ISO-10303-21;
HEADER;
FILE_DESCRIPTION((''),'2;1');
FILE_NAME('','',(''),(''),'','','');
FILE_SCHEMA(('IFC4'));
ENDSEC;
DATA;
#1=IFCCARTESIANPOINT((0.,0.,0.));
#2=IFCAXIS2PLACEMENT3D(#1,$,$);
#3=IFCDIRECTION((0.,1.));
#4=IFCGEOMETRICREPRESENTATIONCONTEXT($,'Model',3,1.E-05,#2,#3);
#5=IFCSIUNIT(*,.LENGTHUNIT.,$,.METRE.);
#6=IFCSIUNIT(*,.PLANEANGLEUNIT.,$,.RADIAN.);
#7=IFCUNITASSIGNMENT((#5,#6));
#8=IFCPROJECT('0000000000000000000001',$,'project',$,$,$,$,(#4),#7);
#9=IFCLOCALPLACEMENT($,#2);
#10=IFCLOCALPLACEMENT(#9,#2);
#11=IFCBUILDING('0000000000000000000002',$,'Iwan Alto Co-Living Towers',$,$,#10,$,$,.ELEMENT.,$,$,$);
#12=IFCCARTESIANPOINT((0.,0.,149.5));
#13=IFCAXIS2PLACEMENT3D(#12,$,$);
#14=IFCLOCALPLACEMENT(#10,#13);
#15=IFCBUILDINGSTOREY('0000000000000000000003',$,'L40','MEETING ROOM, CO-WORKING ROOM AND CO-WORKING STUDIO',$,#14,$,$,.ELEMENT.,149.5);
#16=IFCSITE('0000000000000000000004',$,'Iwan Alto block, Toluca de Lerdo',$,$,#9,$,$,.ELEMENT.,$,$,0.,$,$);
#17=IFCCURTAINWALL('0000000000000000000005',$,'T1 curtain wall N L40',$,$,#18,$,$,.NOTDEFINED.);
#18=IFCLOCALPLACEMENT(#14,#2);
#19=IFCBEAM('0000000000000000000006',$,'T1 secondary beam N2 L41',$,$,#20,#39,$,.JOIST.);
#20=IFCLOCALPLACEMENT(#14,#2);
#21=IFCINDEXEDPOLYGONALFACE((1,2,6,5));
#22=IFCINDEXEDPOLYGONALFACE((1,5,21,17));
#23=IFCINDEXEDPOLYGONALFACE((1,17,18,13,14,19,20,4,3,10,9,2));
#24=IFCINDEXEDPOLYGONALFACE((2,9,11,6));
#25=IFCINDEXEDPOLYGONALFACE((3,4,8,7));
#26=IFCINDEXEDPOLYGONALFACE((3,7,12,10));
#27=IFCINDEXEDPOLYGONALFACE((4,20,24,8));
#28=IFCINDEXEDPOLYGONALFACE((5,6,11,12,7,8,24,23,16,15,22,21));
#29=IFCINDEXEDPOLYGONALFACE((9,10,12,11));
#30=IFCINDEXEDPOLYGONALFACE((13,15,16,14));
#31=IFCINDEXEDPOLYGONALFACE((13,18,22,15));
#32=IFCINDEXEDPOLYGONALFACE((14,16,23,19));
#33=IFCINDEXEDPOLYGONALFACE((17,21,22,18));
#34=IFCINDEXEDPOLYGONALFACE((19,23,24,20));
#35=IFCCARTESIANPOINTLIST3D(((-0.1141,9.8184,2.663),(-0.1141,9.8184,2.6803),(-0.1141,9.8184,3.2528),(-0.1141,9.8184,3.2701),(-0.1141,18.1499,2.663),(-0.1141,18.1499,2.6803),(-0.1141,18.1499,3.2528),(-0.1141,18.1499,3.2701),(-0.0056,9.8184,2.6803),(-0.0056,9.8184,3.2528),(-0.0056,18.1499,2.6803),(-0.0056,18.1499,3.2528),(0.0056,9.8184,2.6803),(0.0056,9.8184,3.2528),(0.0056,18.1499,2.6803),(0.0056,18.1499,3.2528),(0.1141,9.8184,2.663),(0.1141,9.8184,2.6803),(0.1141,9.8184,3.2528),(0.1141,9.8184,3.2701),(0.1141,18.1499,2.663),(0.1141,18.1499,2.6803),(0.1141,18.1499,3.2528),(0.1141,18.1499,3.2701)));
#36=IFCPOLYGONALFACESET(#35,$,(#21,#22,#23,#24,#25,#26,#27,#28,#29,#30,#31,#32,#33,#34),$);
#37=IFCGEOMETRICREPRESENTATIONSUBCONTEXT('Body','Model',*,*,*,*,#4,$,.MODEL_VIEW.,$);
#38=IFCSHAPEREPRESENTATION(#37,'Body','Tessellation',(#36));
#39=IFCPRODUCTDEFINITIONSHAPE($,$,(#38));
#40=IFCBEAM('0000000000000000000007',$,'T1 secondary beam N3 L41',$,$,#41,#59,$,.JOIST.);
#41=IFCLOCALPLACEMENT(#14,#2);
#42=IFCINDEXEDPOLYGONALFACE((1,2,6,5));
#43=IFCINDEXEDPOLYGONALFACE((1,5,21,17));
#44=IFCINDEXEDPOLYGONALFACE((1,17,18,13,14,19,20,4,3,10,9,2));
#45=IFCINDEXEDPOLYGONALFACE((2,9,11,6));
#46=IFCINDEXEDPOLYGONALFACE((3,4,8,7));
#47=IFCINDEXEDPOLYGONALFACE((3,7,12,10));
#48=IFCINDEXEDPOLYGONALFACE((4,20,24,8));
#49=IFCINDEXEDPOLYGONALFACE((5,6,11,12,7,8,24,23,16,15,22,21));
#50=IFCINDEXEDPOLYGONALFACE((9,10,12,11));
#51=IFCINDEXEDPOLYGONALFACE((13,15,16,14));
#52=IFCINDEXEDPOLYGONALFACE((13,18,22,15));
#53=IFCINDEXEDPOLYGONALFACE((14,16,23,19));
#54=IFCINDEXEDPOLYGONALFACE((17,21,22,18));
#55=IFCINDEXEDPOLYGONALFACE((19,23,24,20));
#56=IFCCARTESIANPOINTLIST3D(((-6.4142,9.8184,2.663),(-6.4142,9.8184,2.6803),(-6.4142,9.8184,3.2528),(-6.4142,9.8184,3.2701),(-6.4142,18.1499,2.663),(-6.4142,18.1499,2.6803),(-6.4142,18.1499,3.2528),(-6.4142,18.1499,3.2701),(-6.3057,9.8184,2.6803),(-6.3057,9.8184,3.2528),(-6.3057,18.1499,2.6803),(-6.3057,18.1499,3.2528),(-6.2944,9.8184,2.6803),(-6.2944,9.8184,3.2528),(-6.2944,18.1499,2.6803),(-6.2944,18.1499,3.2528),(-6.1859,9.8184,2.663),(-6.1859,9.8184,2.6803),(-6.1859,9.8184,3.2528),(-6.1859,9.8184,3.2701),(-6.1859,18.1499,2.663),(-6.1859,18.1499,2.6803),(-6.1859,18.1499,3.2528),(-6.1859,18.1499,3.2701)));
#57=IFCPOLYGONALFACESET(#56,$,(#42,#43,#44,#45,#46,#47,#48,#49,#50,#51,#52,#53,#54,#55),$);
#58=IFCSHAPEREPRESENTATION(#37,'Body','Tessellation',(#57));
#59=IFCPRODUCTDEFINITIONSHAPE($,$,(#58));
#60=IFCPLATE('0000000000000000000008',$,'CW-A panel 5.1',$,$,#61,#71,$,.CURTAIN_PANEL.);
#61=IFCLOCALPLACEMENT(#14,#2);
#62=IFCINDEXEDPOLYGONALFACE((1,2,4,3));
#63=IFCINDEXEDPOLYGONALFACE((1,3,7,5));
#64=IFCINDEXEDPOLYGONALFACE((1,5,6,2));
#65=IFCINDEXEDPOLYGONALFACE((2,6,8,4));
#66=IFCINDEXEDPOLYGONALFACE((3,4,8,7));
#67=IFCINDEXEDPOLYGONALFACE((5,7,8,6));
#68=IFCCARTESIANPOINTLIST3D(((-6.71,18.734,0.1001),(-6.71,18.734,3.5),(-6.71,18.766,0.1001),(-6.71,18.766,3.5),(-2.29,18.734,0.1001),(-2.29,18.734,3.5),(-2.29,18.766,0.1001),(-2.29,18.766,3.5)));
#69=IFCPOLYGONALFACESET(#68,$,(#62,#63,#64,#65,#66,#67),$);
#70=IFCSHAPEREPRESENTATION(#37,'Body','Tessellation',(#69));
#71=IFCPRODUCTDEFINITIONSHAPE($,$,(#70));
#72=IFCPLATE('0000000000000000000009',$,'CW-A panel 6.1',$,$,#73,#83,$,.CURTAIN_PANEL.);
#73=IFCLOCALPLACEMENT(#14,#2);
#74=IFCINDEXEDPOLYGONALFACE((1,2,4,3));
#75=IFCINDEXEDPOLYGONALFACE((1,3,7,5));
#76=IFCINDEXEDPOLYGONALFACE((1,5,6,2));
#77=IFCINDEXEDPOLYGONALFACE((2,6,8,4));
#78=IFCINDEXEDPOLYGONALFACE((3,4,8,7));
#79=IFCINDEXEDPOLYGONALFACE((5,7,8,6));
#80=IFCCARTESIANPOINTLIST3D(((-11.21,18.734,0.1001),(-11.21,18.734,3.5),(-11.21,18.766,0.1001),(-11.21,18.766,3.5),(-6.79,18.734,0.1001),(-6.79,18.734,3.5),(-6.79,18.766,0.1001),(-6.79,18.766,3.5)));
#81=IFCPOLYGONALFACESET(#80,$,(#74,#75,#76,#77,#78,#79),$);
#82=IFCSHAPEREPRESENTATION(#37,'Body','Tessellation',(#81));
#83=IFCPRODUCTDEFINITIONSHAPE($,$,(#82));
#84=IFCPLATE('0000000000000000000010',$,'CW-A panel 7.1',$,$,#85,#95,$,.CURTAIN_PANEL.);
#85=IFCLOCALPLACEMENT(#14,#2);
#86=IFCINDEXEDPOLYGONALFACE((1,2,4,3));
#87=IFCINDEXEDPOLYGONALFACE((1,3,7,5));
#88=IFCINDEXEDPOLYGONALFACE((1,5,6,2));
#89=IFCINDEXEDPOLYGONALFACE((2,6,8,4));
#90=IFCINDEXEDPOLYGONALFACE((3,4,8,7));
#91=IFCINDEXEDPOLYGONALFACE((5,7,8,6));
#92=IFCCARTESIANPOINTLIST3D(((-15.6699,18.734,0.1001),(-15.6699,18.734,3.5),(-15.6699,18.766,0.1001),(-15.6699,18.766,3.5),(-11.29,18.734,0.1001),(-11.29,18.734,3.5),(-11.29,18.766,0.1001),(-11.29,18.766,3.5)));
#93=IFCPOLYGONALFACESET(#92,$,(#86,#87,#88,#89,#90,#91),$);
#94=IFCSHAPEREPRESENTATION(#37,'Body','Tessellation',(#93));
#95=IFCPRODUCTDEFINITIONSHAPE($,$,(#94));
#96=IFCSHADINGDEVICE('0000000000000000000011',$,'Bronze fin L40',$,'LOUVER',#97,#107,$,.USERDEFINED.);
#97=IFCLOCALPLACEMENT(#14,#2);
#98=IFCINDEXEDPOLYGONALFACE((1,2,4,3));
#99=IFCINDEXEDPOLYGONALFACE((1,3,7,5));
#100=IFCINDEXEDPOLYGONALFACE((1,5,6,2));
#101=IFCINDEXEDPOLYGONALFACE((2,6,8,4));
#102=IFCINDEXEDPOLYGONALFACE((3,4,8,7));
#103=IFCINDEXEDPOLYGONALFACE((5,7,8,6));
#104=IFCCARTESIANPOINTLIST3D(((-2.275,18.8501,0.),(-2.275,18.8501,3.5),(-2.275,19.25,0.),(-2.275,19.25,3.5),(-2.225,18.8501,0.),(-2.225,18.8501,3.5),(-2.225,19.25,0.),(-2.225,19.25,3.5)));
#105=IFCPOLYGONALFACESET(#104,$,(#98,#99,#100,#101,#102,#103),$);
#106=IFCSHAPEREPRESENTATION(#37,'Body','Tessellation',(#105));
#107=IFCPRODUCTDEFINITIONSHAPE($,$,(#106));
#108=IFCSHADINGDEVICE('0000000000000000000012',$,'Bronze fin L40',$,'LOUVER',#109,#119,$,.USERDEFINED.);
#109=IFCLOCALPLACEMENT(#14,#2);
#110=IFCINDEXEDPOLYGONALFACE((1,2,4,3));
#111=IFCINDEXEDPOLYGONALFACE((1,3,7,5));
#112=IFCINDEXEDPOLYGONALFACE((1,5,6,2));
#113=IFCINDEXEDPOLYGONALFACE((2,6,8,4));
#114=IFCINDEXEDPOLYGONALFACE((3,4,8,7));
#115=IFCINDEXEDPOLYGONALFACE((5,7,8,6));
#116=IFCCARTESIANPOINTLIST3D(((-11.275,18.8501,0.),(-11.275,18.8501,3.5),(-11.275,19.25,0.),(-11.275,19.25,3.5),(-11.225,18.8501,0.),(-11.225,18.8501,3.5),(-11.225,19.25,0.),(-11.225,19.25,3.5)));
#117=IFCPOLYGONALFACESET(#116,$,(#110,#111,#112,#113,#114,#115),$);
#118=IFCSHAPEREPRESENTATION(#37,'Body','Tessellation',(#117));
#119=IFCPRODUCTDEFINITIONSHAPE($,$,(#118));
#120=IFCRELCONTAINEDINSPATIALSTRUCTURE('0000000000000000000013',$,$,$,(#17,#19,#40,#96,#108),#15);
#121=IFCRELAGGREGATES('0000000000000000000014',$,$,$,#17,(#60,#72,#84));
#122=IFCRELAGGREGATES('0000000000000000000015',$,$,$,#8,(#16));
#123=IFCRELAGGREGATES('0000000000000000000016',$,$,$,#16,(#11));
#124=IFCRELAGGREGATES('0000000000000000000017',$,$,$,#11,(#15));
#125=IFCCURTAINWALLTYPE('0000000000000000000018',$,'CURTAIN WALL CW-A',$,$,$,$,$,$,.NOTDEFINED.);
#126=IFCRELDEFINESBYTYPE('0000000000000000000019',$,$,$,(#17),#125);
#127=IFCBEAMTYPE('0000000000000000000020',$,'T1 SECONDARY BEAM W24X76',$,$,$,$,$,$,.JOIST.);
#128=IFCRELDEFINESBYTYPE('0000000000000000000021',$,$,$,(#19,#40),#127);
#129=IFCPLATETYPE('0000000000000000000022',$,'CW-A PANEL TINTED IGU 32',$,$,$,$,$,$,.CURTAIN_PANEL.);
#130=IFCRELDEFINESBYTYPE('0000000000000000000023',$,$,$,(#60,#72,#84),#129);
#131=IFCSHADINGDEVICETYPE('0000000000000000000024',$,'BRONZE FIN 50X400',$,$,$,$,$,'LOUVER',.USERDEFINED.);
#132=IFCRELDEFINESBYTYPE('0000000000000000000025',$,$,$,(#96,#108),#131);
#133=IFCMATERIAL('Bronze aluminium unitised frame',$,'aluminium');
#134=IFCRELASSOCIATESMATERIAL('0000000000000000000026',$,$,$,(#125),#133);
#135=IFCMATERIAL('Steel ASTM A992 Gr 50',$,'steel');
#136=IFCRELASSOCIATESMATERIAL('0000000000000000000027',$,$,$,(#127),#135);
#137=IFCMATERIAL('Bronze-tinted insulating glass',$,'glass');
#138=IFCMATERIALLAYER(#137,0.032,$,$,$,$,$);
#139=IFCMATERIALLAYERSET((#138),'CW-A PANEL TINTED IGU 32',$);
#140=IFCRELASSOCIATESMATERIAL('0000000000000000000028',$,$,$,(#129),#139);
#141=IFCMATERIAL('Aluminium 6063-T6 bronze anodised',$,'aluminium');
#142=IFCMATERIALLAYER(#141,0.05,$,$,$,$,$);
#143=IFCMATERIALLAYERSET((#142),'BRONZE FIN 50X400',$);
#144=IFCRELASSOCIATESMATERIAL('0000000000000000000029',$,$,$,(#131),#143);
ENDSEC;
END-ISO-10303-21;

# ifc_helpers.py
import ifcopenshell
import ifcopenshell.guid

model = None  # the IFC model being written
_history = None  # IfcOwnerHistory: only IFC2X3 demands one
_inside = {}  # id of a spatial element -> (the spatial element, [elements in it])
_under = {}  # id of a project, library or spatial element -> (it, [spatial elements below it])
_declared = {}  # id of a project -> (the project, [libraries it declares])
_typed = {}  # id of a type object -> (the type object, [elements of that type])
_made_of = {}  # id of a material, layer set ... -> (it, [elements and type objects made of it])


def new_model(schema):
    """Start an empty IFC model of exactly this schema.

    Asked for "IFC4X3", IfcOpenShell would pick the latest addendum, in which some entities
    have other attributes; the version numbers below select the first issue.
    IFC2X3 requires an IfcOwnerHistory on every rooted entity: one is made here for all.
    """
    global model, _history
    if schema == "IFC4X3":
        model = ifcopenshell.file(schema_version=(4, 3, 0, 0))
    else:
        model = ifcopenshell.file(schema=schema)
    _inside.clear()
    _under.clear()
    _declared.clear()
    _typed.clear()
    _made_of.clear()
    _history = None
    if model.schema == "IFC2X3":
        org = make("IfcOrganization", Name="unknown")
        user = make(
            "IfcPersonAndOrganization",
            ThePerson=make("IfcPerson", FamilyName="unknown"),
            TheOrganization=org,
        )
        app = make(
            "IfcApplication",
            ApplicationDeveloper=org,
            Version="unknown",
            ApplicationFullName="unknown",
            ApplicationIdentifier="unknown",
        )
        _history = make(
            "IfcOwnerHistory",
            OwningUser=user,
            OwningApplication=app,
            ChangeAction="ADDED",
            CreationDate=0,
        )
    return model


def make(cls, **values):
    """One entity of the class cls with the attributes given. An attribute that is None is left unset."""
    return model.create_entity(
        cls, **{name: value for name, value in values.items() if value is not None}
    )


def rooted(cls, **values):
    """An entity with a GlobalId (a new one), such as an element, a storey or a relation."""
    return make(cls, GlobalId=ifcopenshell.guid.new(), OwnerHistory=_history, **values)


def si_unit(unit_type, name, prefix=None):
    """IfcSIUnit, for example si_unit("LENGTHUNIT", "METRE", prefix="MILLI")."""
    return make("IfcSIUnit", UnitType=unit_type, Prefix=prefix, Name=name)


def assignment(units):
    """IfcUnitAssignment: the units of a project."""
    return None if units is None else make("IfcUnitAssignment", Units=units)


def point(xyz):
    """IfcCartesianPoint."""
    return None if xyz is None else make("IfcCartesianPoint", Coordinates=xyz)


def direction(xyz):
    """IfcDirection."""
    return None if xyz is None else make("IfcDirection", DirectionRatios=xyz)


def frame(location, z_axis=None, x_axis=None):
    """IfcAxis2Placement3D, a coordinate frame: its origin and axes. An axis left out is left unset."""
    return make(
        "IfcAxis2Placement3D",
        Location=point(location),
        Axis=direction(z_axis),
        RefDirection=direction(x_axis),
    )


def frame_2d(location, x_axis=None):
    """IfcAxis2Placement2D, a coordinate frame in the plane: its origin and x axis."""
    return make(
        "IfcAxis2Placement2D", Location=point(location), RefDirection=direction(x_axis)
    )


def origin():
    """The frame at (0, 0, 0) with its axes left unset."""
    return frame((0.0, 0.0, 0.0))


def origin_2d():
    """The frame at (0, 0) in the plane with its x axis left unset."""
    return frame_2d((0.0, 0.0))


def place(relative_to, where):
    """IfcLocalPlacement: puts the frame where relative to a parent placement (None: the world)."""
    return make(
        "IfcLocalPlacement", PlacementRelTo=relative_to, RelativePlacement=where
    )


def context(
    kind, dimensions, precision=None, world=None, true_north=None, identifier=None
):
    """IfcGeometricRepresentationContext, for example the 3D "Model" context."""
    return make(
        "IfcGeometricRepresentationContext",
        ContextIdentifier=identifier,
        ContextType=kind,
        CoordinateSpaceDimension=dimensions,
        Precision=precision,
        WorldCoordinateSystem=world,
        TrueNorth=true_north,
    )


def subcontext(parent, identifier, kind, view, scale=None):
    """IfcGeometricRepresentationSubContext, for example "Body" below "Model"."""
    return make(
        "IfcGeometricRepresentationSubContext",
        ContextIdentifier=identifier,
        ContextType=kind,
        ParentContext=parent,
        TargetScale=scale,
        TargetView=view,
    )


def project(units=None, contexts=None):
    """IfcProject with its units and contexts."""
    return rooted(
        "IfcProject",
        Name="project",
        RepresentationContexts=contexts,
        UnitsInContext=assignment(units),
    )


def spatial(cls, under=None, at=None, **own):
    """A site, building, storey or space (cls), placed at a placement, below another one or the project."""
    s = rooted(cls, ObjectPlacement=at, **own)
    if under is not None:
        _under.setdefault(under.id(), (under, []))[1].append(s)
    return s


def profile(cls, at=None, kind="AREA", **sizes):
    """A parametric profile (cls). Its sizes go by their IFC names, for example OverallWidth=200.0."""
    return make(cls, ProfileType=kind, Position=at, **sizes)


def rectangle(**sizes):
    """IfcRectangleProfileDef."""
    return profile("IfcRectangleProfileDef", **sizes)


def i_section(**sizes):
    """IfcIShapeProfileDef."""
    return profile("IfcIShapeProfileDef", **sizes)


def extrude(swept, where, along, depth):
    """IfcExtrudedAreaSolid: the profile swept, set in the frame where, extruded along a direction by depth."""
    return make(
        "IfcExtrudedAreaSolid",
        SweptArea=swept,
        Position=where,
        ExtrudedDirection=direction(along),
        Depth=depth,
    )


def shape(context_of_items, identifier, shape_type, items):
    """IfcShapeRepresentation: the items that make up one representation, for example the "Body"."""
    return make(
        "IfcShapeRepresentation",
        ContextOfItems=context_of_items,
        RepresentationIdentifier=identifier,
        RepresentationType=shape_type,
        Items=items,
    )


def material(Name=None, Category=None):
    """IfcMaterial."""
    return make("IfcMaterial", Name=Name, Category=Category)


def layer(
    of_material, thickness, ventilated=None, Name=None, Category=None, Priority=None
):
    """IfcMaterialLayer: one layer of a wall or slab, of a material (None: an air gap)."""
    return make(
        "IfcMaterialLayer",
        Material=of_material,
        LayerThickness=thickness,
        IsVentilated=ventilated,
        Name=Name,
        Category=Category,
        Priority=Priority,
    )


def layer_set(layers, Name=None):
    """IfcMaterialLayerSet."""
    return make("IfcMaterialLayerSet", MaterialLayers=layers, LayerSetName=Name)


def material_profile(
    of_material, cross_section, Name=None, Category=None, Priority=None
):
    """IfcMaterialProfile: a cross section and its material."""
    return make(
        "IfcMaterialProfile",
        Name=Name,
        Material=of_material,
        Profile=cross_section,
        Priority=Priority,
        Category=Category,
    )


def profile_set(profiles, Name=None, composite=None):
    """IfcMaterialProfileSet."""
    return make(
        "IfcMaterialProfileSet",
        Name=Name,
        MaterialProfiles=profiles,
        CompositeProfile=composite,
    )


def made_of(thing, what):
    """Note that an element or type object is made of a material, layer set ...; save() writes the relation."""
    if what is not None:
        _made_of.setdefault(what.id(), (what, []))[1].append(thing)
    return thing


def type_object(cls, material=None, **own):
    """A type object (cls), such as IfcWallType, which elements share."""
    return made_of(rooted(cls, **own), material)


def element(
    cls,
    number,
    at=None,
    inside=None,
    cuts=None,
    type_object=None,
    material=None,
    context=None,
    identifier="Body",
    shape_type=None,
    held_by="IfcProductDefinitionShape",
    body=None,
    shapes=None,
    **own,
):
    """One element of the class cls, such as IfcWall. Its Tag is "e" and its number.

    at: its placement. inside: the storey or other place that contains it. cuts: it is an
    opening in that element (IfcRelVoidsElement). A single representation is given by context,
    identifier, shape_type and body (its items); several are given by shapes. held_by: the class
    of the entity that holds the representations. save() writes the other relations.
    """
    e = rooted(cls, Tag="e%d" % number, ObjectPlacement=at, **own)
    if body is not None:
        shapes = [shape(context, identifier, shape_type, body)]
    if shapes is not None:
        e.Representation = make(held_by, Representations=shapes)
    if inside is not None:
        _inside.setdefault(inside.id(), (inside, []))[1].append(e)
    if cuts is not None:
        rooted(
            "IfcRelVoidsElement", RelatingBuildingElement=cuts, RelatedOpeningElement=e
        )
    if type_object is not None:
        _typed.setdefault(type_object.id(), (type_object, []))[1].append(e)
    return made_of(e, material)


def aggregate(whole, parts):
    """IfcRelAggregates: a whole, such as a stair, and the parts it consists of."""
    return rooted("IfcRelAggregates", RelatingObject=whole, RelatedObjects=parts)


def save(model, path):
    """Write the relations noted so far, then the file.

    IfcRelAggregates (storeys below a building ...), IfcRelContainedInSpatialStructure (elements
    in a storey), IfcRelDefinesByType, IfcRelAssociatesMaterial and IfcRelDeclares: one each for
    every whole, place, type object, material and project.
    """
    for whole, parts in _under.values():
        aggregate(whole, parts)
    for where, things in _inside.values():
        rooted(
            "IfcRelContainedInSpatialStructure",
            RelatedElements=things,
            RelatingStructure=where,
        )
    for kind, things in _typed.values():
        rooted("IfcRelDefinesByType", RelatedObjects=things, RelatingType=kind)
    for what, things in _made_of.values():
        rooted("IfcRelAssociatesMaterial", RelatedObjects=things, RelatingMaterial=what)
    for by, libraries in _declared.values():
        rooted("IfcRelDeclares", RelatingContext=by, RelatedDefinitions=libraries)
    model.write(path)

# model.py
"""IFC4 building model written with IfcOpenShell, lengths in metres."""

from ifc_helpers import new_model, si_unit, direction, frame, origin, origin_2d, place, context, subcontext, project, spatial, rectangle, i_section, extrude, material, layer, layer_set, material_profile, profile_set, type_object, element, aggregate, save


model = new_model("IFC4")

# Units and contexts
model_context = context("Model", 3, precision=1e-05, world=origin(), true_north=direction((0.0, 1.0)))
body_context = subcontext(model_context, "Body", "Model", "MODEL_VIEW")
ifc_project = project(units=[si_unit("LENGTHUNIT", "METRE"), si_unit("PLANEANGLEUNIT", "RADIAN")], contexts=[model_context])

# Site, building, storey
site_placement = place(None, origin())
site = spatial("IfcSite", under=ifc_project, at=site_placement, Name="Iwan Alto block, Toluca de Lerdo", CompositionType="ELEMENT", RefElevation=0.0)
building_placement = place(site_placement, origin())
building = spatial("IfcBuilding", under=site, at=building_placement, Name="Iwan Alto Co-Living Towers", CompositionType="ELEMENT")
storey_placement = place(building_placement, frame((0.0, 0.0, 149.5)))
storey = spatial("IfcBuildingStorey", under=building, at=storey_placement, Name="L40", Description="MEETING ROOM, CO-WORKING ROOM AND CO-WORKING STUDIO", CompositionType="ELEMENT", Elevation=149.5)

# Curtain wall
ifc_material_1 = material(Name="Bronze aluminium unitised frame", Category="aluminium")
curtain_wall_type_1 = type_object("IfcCurtainWallType", Name="CURTAIN WALL CW-A", PredefinedType="NOTDEFINED", material=ifc_material_1)
curtain_wall_1_placement = place(storey_placement, origin())
curtain_wall_1 = element("IfcCurtainWall", 1, at=curtain_wall_1_placement, inside=storey, type_object=curtain_wall_type_1, Name="T1 curtain wall N L40", PredefinedType="NOTDEFINED")

# Beams
ifc_material_2 = material(Name="Steel ASTM A992 Gr 50", Category="steel")
ifc_material_profile_1 = material_profile(ifc_material_2, i_section(OverallWidth=0.2283, OverallDepth=0.6072, WebThickness=0.0112, FlangeThickness=0.0173, at=origin_2d()), Name="W24X76")
ifc_profile_set_1 = profile_set([ifc_material_profile_1], Name="Steel ASTM A992 Gr 50")
beam_type_1 = type_object("IfcBeamType", Name="T1 SECONDARY BEAM W24X76", PredefinedType="JOIST", material=ifc_profile_set_1)
for number, where, z_axis, x_axis, name in (
    (2, (0.0, 18.1499, 2.9666), (0.0, -1.0, 0.0), (1.0, 0.0, 0.0), "T1 secondary beam N2 L41"),
    (3, (-6.3, 18.1499, 2.9666), (0.0, -1.0, 0.0), (1.0, 0.0, 0.0), "T1 secondary beam N3 L41"),
):
    element("IfcBeam", number, at=place(storey_placement, frame(where, z_axis=z_axis, x_axis=x_axis)), inside=storey, type_object=beam_type_1, Name=name, PredefinedType="JOIST", context=body_context, shape_type="SweptSolid", body=[
        extrude(i_section(OverallWidth=0.2283, OverallDepth=0.6072, WebThickness=0.0112, FlangeThickness=0.0173, at=origin_2d()), origin(), (0.0, 0.0, 1.0), 8.3315),
    ])

# Plates
ifc_material_3 = material(Name="Bronze-tinted insulating glass", Category="glass")
ifc_layer_1 = layer(ifc_material_3, 0.032)
ifc_layer_set_1 = layer_set([ifc_layer_1], Name="CW-A PANEL TINTED IGU 32")
plate_type = type_object("IfcPlateType", Name="CW-A PANEL TINTED IGU 32", PredefinedType="CURTAIN_PANEL", material=ifc_layer_set_1)
plate_1_placement = place(storey_placement, frame((-4.5, 18.75, 0.1001), z_axis=(0.0, 0.0, 1.0), x_axis=(-1.0, 0.0, 0.0)))
plate_1 = element("IfcPlate", 4, at=plate_1_placement, type_object=plate_type, Name="CW-A panel 5.1", PredefinedType="CURTAIN_PANEL", context=body_context, shape_type="SweptSolid", body=[
    extrude(rectangle(XDim=4.4199, YDim=0.032, at=origin_2d()), origin(), (0.0, 0.0, 1.0), 3.3999),
])
plate_2_placement = place(storey_placement, frame((-9.0, 18.75, 0.1001), z_axis=(0.0, 0.0, 1.0), x_axis=(-1.0, 0.0, 0.0)))
plate_2 = element("IfcPlate", 5, at=plate_2_placement, type_object=plate_type, Name="CW-A panel 6.1", PredefinedType="CURTAIN_PANEL", context=body_context, shape_type="SweptSolid", body=[
    extrude(rectangle(XDim=4.4199, YDim=0.032, at=origin_2d()), origin(), (0.0, 0.0, 1.0), 3.3999),
])
plate_3_placement = place(storey_placement, frame((-13.48, 18.75, 0.1001), z_axis=(0.0, 0.0, 1.0), x_axis=(-1.0, 0.0, 0.0)))
plate_3 = element("IfcPlate", 6, at=plate_3_placement, type_object=plate_type, Name="CW-A panel 7.1", PredefinedType="CURTAIN_PANEL", context=body_context, shape_type="SweptSolid", body=[
    extrude(rectangle(XDim=4.3799, YDim=0.032, at=origin_2d()), origin(), (0.0, 0.0, 1.0), 3.3999),
])
aggregate(curtain_wall_1, [plate_1, plate_2, plate_3])

# Shading devices
ifc_material_4 = material(Name="Aluminium 6063-T6 bronze anodised", Category="aluminium")
ifc_layer_2 = layer(ifc_material_4, 0.05)
ifc_layer_set_2 = layer_set([ifc_layer_2], Name="BRONZE FIN 50X400")
shading_device_type = type_object("IfcShadingDeviceType", Name="BRONZE FIN 50X400", ElementType="LOUVER", PredefinedType="USERDEFINED", material=ifc_layer_set_2)
for number, where, z_axis, x_axis, name in (
    (7, (-2.25, 19.05, 0.0), (0.0, 0.0, 1.0), (-1.0, 0.0, 0.0), "Bronze fin L40"),
    (8, (-11.25, 19.05, 0.0), (0.0, 0.0, 1.0), (-1.0, 0.0, 0.0), "Bronze fin L40"),
):
    element("IfcShadingDevice", number, at=place(storey_placement, frame(where, z_axis=z_axis, x_axis=x_axis)), inside=storey, type_object=shading_device_type, Name=name, ObjectType="LOUVER", PredefinedType="USERDEFINED", context=body_context, shape_type="SweptSolid", body=[
        extrude(rectangle(XDim=0.05, YDim=0.3999, at=origin_2d()), origin(), (0.0, 0.0, 1.0), 3.5),
    ])

save(model, "model.ifc")
